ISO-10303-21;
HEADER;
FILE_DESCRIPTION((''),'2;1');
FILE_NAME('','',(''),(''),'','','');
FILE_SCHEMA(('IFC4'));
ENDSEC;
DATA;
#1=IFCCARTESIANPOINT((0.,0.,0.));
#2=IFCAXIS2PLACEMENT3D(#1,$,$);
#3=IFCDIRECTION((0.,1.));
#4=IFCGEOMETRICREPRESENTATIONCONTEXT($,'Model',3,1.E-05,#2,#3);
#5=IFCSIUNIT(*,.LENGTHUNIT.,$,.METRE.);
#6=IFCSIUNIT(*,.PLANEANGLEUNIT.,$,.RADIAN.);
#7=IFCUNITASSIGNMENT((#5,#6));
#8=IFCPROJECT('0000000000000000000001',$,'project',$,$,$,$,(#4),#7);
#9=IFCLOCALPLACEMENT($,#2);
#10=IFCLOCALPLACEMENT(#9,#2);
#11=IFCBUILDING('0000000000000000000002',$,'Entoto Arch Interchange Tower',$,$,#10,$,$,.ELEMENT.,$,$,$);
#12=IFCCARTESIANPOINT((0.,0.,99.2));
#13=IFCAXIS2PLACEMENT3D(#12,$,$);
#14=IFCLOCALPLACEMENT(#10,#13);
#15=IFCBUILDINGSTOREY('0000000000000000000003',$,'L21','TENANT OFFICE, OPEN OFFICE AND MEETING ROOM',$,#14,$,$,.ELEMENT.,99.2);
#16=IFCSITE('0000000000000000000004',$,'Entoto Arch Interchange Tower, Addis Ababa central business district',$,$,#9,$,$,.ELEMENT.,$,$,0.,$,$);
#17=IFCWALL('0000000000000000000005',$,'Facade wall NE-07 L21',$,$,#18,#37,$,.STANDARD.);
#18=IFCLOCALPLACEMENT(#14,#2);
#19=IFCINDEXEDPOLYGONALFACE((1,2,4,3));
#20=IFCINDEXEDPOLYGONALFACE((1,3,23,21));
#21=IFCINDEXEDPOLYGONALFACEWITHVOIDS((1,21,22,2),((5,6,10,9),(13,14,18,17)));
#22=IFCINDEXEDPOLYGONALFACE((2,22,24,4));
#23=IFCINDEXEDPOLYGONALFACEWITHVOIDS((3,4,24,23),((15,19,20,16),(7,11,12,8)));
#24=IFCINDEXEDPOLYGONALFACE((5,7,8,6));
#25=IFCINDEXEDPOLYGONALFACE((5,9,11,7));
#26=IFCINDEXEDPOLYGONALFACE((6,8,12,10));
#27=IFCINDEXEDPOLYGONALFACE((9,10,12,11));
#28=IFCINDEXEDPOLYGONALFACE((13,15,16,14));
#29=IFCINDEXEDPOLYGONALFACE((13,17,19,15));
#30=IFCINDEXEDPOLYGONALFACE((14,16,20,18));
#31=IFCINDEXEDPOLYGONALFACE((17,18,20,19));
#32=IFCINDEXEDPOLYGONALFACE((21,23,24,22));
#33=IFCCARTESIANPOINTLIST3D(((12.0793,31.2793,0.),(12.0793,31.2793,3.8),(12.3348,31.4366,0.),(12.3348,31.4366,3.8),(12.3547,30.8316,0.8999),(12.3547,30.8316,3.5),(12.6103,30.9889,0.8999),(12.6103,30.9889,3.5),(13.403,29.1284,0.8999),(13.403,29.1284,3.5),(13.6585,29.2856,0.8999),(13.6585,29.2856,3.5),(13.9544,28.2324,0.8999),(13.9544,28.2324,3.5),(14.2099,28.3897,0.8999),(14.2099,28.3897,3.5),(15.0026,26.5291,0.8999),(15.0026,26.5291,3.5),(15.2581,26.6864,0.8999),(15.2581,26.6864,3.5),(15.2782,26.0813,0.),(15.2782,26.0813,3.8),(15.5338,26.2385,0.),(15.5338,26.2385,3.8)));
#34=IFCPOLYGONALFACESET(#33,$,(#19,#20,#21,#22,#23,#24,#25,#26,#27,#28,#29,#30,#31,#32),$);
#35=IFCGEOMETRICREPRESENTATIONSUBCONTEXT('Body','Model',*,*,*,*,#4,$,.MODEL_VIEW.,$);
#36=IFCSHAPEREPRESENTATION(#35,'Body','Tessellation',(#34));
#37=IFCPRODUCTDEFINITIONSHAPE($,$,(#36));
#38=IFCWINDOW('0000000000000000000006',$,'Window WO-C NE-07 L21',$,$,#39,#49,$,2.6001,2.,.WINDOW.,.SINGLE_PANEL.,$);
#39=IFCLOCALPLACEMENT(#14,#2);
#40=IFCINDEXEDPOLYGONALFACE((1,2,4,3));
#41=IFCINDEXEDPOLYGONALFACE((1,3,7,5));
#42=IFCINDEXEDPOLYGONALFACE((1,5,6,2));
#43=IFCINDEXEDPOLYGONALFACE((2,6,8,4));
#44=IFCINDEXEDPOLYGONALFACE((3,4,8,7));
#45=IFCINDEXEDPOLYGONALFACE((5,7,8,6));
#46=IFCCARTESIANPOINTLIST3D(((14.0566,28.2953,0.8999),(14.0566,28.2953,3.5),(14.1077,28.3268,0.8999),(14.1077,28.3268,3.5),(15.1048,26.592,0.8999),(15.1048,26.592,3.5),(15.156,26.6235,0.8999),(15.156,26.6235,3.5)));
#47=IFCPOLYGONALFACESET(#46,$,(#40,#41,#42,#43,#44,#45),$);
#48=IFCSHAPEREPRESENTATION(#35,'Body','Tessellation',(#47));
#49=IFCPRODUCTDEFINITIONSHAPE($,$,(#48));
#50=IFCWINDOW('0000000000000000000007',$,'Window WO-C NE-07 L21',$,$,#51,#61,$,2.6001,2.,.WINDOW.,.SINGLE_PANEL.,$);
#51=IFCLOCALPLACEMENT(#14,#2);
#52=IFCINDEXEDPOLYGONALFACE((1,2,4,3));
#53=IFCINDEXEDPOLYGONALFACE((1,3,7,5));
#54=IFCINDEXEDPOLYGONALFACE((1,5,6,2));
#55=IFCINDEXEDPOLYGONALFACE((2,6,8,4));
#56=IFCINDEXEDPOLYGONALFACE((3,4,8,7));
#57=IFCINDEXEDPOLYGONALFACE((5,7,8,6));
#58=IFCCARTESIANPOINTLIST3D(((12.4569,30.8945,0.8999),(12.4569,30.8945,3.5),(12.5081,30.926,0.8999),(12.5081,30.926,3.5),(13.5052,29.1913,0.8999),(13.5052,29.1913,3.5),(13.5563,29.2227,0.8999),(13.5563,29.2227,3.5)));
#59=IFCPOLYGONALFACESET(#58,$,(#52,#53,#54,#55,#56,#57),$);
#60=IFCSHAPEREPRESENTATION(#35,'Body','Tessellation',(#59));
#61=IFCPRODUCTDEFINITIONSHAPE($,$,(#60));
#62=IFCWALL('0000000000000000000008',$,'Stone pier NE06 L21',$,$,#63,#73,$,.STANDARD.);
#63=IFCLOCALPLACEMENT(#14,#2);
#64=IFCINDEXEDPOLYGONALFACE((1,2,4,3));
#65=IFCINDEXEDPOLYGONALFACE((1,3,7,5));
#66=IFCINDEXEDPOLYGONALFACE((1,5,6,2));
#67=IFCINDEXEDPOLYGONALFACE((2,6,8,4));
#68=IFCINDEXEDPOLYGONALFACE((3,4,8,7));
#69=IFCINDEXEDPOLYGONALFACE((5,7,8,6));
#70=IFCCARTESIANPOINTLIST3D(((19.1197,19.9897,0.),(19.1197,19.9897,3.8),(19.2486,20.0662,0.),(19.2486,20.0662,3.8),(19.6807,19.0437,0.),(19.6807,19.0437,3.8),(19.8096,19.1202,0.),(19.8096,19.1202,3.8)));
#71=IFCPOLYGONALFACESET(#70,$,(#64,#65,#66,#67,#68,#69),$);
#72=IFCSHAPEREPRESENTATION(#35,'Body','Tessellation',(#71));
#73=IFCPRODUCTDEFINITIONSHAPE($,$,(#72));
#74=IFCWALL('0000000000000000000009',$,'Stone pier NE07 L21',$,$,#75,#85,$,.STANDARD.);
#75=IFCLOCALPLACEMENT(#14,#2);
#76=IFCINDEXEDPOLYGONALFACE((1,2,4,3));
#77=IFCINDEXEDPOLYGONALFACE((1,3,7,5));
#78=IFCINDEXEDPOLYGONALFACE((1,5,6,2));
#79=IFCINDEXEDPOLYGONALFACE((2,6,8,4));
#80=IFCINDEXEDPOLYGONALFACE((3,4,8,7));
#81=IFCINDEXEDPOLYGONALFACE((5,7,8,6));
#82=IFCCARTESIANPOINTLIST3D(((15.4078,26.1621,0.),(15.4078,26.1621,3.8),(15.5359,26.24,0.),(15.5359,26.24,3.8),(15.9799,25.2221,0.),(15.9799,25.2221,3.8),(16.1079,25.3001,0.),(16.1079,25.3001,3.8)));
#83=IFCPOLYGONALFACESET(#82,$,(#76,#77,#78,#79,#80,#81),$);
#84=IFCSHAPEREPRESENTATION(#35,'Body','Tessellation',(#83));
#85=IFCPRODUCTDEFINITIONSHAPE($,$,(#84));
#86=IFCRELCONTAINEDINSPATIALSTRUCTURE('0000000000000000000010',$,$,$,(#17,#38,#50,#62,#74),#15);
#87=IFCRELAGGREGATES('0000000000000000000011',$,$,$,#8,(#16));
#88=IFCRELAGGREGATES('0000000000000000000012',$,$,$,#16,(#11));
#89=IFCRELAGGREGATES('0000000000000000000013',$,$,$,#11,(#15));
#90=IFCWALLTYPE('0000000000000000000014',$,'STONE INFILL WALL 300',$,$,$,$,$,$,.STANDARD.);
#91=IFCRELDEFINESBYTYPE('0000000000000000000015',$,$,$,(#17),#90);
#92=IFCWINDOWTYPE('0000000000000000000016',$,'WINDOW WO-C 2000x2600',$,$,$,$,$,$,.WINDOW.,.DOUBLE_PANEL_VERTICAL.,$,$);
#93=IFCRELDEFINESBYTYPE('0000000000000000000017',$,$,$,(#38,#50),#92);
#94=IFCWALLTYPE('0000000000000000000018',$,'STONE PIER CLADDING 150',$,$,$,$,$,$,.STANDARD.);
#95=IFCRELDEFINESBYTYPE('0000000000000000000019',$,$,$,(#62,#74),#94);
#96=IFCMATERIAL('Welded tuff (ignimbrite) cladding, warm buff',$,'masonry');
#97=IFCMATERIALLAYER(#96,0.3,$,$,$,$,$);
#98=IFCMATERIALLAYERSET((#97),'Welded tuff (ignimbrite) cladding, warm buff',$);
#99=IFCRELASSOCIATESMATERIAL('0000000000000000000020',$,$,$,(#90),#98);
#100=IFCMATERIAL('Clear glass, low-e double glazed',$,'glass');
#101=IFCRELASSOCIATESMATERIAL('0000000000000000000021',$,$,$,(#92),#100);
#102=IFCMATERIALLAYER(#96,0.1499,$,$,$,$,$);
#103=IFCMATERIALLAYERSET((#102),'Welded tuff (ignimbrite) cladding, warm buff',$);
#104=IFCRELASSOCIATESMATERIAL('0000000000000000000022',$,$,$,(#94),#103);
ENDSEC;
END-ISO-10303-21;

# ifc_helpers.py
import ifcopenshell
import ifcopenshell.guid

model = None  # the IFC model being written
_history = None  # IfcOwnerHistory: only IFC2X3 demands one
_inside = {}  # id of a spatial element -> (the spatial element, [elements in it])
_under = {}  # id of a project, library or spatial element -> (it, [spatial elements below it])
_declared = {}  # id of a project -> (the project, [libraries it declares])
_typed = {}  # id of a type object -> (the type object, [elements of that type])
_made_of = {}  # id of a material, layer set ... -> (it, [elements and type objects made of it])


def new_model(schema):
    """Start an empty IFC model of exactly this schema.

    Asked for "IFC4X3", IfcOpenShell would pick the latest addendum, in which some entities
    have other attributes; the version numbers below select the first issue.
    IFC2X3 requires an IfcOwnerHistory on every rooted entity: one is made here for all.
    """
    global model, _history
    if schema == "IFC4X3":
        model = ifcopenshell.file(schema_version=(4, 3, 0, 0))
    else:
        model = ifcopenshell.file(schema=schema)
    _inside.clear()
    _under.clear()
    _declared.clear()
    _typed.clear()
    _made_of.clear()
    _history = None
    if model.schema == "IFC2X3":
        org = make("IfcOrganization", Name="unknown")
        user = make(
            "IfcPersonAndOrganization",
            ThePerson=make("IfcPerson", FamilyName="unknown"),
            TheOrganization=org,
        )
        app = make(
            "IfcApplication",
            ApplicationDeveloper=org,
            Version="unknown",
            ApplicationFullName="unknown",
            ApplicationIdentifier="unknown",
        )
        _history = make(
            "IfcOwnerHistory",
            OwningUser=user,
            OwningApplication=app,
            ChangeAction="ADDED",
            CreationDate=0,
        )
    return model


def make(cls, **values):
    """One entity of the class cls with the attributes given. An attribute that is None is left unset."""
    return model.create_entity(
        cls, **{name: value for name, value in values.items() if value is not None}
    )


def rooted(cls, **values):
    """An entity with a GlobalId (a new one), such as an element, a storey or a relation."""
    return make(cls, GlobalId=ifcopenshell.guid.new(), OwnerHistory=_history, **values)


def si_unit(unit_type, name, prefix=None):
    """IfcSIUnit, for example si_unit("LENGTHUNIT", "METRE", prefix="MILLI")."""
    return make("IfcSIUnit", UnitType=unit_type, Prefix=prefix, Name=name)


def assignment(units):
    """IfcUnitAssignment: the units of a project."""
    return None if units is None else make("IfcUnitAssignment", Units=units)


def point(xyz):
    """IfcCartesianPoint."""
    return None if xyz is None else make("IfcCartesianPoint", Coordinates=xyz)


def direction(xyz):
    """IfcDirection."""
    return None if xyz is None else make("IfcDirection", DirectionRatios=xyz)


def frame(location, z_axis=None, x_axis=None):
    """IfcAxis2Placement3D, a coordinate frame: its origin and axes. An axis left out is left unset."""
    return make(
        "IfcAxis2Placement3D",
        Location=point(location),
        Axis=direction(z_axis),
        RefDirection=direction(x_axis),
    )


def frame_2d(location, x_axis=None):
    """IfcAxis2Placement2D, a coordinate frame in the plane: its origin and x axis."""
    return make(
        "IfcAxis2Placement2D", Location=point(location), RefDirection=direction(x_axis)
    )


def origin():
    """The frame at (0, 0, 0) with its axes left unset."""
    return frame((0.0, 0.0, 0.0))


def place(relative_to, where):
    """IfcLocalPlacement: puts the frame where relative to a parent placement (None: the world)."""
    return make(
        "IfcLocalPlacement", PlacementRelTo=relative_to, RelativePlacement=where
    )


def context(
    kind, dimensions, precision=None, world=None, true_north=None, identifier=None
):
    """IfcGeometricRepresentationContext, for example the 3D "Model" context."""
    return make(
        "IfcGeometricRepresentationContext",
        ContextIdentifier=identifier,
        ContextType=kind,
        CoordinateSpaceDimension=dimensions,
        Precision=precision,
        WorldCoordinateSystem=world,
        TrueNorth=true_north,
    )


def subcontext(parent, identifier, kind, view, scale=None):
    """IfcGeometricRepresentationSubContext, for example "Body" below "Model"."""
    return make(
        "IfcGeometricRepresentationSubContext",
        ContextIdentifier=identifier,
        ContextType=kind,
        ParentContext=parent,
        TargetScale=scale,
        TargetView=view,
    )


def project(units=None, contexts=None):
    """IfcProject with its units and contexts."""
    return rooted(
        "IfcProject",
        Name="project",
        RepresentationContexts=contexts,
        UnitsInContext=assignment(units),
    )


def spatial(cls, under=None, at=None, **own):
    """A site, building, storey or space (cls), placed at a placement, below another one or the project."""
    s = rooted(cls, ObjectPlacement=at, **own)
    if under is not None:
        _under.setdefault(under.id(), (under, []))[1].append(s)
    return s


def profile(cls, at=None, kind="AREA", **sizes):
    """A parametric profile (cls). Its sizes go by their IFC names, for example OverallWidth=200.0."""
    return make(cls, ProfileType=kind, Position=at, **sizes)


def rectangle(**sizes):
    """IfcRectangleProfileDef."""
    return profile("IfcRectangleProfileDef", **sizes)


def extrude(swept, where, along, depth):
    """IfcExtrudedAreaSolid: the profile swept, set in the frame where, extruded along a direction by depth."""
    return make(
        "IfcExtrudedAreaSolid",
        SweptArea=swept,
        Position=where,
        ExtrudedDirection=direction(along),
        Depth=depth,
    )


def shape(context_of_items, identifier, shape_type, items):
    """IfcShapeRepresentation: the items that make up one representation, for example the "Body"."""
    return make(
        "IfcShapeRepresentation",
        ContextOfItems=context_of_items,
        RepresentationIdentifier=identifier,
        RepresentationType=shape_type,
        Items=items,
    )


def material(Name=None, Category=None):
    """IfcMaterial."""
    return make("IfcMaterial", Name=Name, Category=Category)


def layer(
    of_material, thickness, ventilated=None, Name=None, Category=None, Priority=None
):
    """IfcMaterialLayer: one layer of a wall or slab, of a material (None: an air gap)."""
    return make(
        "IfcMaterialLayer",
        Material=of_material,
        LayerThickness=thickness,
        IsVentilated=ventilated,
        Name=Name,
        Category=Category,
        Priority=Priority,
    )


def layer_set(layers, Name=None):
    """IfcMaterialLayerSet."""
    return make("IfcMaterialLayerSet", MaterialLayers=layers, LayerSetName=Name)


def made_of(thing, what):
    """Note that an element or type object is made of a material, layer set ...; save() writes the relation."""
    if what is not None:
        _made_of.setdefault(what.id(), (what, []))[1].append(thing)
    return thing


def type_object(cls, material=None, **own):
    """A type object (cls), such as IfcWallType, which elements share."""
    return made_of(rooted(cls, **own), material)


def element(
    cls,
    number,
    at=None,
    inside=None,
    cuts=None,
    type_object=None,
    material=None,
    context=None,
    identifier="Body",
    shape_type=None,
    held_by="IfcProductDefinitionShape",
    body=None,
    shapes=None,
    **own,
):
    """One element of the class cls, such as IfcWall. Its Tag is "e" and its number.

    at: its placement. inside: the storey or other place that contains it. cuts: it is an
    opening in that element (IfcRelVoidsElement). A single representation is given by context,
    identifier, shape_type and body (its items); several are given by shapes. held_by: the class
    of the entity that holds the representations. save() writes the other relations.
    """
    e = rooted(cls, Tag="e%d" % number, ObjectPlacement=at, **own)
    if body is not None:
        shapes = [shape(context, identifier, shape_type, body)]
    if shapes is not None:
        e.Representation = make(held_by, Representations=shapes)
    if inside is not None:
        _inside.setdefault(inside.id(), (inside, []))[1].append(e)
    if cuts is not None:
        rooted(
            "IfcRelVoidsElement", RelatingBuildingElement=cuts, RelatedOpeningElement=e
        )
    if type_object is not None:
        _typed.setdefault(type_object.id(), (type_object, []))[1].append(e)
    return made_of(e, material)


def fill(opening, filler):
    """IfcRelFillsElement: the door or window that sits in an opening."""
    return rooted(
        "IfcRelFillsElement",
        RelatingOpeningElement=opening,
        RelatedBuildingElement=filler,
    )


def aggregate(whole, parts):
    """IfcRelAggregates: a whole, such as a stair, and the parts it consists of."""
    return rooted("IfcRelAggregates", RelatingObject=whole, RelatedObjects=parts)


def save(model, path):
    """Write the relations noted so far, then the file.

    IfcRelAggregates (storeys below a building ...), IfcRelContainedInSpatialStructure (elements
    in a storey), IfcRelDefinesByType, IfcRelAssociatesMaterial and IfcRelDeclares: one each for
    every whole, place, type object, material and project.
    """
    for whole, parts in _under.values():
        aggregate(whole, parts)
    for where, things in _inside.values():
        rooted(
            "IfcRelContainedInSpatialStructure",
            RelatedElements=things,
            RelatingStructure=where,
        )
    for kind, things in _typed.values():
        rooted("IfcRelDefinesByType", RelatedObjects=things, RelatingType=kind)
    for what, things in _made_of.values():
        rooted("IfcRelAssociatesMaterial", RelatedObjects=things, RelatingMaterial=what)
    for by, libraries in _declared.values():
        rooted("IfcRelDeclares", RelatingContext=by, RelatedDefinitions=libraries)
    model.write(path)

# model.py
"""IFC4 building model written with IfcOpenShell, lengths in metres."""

from ifc_helpers import new_model, si_unit, direction, frame, frame_2d, origin, place, context, subcontext, project, spatial, rectangle, extrude, material, layer, layer_set, type_object, element, fill, save


model = new_model("IFC4")

# Units and contexts
model_context = context("Model", 3, precision=1e-05, world=origin(), true_north=direction((0.0, 1.0)))
body_context = subcontext(model_context, "Body", "Model", "MODEL_VIEW")
ifc_project = project(units=[si_unit("LENGTHUNIT", "METRE"), si_unit("PLANEANGLEUNIT", "RADIAN")], contexts=[model_context])

# Site, building, storey
site_placement = place(None, origin())
site = spatial("IfcSite", under=ifc_project, at=site_placement, Name="Entoto Arch Interchange Tower, Addis Ababa central business district", CompositionType="ELEMENT", RefElevation=0.0)
building_placement = place(site_placement, origin())
building = spatial("IfcBuilding", under=site, at=building_placement, Name="Entoto Arch Interchange Tower", CompositionType="ELEMENT")
storey_placement = place(building_placement, frame((0.0, 0.0, 99.2)))
storey = spatial("IfcBuildingStorey", under=building, at=storey_placement, Name="L21", Description="TENANT OFFICE, OPEN OFFICE AND MEETING ROOM", CompositionType="ELEMENT", Elevation=99.2)

# Shared definitions
ifc_material_1 = material(Name="Welded tuff (ignimbrite) cladding, warm buff", Category="masonry")
ifc_layer_1 = layer(ifc_material_1, 0.3)
ifc_layer_set_1 = layer_set([ifc_layer_1], Name="Welded tuff (ignimbrite) cladding, warm buff")
wall_type_1 = type_object("IfcWallType", Name="STONE INFILL WALL 300", PredefinedType="STANDARD", material=ifc_layer_set_1)
ifc_material_2 = material(Name="Clear glass, low-e double glazed", Category="glass")
window_type = type_object("IfcWindowType", Name="WINDOW WO-C 2000x2600", PartitioningType="DOUBLE_PANEL_VERTICAL", PredefinedType="WINDOW", material=ifc_material_2)

# Wall, openings, windows
wall_1_placement = place(storey_placement, frame((15.406, 26.1599, 0.0), z_axis=(0.0, 0.0, 1.0), x_axis=(-0.524122, 0.851643, 0.0)))
wall_1 = element("IfcWall", 1, at=wall_1_placement, inside=storey, type_object=wall_type_1, Name="Facade wall NE-07 L21", PredefinedType="STANDARD", context=body_context, shape_type="SweptSolid", body=[
    extrude(rectangle(XDim=6.1035, YDim=0.3, at=frame_2d((3.0518, 0.0))), origin(), (0.0, 0.0, 1.0), 3.8),
])
opening_1_placement = place(wall_1_placement, frame((0.5259, 0.0, 0.8999)))
opening_1 = element("IfcOpeningElement", 2, at=opening_1_placement, cuts=wall_1, PredefinedType="OPENING", context=body_context, shape_type="SweptSolid", body=[
    extrude(rectangle(XDim=2.0, YDim=2.6001, at=frame_2d((1.0, 1.3))), frame((0.0, 0.1602, 0.0), z_axis=(0.0, -1.0, 0.0), x_axis=(1.0, 0.0, 0.0)), (0.0, 0.0, 1.0), 0.3201),
])
opening_2_placement = place(wall_1_placement, frame((3.5779, 0.0, 0.8999)))
opening_2 = element("IfcOpeningElement", 3, at=opening_2_placement, cuts=wall_1, PredefinedType="OPENING", context=body_context, shape_type="SweptSolid", body=[
    extrude(rectangle(XDim=2.0, YDim=2.6001, at=frame_2d((1.0, 1.3))), frame((0.0, 0.1602, 0.0), z_axis=(0.0, -1.0, 0.0), x_axis=(1.0, 0.0, 0.0)), (0.0, 0.0, 1.0), 0.3201),
])
window_1_placement = place(opening_1_placement, origin())
window_1 = element("IfcWindow", 4, at=window_1_placement, inside=storey, type_object=window_type, Name="Window WO-C NE-07 L21", OverallHeight=2.6001, OverallWidth=2.0, PartitioningType="SINGLE_PANEL", PredefinedType="WINDOW", context=body_context, shape_type="SweptSolid", body=[
    extrude(rectangle(XDim=2.0, YDim=2.6001, at=frame_2d((1.0, 1.3))), frame((0.0, 0.03, 0.0), z_axis=(0.0, -1.0, 0.0), x_axis=(1.0, 0.0, 0.0)), (0.0, 0.0, 1.0), 0.0601),
])
fill(opening_1, window_1)
window_2_placement = place(opening_2_placement, origin())
window_2 = element("IfcWindow", 5, at=window_2_placement, inside=storey, type_object=window_type, Name="Window WO-C NE-07 L21", OverallHeight=2.6001, OverallWidth=2.0, PartitioningType="SINGLE_PANEL", PredefinedType="WINDOW", context=body_context, shape_type="SweptSolid", body=[
    extrude(rectangle(XDim=2.0, YDim=2.6001, at=frame_2d((1.0, 1.3))), frame((0.0, 0.03, 0.0), z_axis=(0.0, -1.0, 0.0), x_axis=(1.0, 0.0, 0.0)), (0.0, 0.0, 1.0), 0.0601),
])
fill(opening_2, window_2)

# Walls
ifc_layer_2 = layer(ifc_material_1, 0.1499)
ifc_layer_set_2 = layer_set([ifc_layer_2], Name="Welded tuff (ignimbrite) cladding, warm buff")
wall_type_2 = type_object("IfcWallType", Name="STONE PIER CLADDING 150", PredefinedType="STANDARD", material=ifc_layer_set_2)
wall_2_placement = place(storey_placement, frame((19.7451, 19.082, 0.0), z_axis=(0.0, 0.0, 1.0), x_axis=(-0.510082, 0.860126, 0.0)))
element("IfcWall", 6, at=wall_2_placement, inside=storey, type_object=wall_type_2, Name="Stone pier NE06 L21", PredefinedType="STANDARD", context=body_context, shape_type="SweptSolid", body=[
    extrude(rectangle(XDim=1.0999, YDim=0.1499, at=frame_2d((0.5498, 0.0))), origin(), (0.0, 0.0, 1.0), 3.8),
])
wall_3_placement = place(storey_placement, frame((16.0439, 25.261, 0.0), z_axis=(0.0, 0.0, 1.0), x_axis=(-0.51987, 0.854246, 0.0)))
element("IfcWall", 7, at=wall_3_placement, inside=storey, type_object=wall_type_2, Name="Stone pier NE07 L21", PredefinedType="STANDARD", context=body_context, shape_type="SweptSolid", body=[
    extrude(rectangle(XDim=1.1003, YDim=0.1499, at=frame_2d((0.5503, 0.0))), origin(), (0.0, 0.0, 1.0), 3.8),
])

save(model, "model.ifc")
